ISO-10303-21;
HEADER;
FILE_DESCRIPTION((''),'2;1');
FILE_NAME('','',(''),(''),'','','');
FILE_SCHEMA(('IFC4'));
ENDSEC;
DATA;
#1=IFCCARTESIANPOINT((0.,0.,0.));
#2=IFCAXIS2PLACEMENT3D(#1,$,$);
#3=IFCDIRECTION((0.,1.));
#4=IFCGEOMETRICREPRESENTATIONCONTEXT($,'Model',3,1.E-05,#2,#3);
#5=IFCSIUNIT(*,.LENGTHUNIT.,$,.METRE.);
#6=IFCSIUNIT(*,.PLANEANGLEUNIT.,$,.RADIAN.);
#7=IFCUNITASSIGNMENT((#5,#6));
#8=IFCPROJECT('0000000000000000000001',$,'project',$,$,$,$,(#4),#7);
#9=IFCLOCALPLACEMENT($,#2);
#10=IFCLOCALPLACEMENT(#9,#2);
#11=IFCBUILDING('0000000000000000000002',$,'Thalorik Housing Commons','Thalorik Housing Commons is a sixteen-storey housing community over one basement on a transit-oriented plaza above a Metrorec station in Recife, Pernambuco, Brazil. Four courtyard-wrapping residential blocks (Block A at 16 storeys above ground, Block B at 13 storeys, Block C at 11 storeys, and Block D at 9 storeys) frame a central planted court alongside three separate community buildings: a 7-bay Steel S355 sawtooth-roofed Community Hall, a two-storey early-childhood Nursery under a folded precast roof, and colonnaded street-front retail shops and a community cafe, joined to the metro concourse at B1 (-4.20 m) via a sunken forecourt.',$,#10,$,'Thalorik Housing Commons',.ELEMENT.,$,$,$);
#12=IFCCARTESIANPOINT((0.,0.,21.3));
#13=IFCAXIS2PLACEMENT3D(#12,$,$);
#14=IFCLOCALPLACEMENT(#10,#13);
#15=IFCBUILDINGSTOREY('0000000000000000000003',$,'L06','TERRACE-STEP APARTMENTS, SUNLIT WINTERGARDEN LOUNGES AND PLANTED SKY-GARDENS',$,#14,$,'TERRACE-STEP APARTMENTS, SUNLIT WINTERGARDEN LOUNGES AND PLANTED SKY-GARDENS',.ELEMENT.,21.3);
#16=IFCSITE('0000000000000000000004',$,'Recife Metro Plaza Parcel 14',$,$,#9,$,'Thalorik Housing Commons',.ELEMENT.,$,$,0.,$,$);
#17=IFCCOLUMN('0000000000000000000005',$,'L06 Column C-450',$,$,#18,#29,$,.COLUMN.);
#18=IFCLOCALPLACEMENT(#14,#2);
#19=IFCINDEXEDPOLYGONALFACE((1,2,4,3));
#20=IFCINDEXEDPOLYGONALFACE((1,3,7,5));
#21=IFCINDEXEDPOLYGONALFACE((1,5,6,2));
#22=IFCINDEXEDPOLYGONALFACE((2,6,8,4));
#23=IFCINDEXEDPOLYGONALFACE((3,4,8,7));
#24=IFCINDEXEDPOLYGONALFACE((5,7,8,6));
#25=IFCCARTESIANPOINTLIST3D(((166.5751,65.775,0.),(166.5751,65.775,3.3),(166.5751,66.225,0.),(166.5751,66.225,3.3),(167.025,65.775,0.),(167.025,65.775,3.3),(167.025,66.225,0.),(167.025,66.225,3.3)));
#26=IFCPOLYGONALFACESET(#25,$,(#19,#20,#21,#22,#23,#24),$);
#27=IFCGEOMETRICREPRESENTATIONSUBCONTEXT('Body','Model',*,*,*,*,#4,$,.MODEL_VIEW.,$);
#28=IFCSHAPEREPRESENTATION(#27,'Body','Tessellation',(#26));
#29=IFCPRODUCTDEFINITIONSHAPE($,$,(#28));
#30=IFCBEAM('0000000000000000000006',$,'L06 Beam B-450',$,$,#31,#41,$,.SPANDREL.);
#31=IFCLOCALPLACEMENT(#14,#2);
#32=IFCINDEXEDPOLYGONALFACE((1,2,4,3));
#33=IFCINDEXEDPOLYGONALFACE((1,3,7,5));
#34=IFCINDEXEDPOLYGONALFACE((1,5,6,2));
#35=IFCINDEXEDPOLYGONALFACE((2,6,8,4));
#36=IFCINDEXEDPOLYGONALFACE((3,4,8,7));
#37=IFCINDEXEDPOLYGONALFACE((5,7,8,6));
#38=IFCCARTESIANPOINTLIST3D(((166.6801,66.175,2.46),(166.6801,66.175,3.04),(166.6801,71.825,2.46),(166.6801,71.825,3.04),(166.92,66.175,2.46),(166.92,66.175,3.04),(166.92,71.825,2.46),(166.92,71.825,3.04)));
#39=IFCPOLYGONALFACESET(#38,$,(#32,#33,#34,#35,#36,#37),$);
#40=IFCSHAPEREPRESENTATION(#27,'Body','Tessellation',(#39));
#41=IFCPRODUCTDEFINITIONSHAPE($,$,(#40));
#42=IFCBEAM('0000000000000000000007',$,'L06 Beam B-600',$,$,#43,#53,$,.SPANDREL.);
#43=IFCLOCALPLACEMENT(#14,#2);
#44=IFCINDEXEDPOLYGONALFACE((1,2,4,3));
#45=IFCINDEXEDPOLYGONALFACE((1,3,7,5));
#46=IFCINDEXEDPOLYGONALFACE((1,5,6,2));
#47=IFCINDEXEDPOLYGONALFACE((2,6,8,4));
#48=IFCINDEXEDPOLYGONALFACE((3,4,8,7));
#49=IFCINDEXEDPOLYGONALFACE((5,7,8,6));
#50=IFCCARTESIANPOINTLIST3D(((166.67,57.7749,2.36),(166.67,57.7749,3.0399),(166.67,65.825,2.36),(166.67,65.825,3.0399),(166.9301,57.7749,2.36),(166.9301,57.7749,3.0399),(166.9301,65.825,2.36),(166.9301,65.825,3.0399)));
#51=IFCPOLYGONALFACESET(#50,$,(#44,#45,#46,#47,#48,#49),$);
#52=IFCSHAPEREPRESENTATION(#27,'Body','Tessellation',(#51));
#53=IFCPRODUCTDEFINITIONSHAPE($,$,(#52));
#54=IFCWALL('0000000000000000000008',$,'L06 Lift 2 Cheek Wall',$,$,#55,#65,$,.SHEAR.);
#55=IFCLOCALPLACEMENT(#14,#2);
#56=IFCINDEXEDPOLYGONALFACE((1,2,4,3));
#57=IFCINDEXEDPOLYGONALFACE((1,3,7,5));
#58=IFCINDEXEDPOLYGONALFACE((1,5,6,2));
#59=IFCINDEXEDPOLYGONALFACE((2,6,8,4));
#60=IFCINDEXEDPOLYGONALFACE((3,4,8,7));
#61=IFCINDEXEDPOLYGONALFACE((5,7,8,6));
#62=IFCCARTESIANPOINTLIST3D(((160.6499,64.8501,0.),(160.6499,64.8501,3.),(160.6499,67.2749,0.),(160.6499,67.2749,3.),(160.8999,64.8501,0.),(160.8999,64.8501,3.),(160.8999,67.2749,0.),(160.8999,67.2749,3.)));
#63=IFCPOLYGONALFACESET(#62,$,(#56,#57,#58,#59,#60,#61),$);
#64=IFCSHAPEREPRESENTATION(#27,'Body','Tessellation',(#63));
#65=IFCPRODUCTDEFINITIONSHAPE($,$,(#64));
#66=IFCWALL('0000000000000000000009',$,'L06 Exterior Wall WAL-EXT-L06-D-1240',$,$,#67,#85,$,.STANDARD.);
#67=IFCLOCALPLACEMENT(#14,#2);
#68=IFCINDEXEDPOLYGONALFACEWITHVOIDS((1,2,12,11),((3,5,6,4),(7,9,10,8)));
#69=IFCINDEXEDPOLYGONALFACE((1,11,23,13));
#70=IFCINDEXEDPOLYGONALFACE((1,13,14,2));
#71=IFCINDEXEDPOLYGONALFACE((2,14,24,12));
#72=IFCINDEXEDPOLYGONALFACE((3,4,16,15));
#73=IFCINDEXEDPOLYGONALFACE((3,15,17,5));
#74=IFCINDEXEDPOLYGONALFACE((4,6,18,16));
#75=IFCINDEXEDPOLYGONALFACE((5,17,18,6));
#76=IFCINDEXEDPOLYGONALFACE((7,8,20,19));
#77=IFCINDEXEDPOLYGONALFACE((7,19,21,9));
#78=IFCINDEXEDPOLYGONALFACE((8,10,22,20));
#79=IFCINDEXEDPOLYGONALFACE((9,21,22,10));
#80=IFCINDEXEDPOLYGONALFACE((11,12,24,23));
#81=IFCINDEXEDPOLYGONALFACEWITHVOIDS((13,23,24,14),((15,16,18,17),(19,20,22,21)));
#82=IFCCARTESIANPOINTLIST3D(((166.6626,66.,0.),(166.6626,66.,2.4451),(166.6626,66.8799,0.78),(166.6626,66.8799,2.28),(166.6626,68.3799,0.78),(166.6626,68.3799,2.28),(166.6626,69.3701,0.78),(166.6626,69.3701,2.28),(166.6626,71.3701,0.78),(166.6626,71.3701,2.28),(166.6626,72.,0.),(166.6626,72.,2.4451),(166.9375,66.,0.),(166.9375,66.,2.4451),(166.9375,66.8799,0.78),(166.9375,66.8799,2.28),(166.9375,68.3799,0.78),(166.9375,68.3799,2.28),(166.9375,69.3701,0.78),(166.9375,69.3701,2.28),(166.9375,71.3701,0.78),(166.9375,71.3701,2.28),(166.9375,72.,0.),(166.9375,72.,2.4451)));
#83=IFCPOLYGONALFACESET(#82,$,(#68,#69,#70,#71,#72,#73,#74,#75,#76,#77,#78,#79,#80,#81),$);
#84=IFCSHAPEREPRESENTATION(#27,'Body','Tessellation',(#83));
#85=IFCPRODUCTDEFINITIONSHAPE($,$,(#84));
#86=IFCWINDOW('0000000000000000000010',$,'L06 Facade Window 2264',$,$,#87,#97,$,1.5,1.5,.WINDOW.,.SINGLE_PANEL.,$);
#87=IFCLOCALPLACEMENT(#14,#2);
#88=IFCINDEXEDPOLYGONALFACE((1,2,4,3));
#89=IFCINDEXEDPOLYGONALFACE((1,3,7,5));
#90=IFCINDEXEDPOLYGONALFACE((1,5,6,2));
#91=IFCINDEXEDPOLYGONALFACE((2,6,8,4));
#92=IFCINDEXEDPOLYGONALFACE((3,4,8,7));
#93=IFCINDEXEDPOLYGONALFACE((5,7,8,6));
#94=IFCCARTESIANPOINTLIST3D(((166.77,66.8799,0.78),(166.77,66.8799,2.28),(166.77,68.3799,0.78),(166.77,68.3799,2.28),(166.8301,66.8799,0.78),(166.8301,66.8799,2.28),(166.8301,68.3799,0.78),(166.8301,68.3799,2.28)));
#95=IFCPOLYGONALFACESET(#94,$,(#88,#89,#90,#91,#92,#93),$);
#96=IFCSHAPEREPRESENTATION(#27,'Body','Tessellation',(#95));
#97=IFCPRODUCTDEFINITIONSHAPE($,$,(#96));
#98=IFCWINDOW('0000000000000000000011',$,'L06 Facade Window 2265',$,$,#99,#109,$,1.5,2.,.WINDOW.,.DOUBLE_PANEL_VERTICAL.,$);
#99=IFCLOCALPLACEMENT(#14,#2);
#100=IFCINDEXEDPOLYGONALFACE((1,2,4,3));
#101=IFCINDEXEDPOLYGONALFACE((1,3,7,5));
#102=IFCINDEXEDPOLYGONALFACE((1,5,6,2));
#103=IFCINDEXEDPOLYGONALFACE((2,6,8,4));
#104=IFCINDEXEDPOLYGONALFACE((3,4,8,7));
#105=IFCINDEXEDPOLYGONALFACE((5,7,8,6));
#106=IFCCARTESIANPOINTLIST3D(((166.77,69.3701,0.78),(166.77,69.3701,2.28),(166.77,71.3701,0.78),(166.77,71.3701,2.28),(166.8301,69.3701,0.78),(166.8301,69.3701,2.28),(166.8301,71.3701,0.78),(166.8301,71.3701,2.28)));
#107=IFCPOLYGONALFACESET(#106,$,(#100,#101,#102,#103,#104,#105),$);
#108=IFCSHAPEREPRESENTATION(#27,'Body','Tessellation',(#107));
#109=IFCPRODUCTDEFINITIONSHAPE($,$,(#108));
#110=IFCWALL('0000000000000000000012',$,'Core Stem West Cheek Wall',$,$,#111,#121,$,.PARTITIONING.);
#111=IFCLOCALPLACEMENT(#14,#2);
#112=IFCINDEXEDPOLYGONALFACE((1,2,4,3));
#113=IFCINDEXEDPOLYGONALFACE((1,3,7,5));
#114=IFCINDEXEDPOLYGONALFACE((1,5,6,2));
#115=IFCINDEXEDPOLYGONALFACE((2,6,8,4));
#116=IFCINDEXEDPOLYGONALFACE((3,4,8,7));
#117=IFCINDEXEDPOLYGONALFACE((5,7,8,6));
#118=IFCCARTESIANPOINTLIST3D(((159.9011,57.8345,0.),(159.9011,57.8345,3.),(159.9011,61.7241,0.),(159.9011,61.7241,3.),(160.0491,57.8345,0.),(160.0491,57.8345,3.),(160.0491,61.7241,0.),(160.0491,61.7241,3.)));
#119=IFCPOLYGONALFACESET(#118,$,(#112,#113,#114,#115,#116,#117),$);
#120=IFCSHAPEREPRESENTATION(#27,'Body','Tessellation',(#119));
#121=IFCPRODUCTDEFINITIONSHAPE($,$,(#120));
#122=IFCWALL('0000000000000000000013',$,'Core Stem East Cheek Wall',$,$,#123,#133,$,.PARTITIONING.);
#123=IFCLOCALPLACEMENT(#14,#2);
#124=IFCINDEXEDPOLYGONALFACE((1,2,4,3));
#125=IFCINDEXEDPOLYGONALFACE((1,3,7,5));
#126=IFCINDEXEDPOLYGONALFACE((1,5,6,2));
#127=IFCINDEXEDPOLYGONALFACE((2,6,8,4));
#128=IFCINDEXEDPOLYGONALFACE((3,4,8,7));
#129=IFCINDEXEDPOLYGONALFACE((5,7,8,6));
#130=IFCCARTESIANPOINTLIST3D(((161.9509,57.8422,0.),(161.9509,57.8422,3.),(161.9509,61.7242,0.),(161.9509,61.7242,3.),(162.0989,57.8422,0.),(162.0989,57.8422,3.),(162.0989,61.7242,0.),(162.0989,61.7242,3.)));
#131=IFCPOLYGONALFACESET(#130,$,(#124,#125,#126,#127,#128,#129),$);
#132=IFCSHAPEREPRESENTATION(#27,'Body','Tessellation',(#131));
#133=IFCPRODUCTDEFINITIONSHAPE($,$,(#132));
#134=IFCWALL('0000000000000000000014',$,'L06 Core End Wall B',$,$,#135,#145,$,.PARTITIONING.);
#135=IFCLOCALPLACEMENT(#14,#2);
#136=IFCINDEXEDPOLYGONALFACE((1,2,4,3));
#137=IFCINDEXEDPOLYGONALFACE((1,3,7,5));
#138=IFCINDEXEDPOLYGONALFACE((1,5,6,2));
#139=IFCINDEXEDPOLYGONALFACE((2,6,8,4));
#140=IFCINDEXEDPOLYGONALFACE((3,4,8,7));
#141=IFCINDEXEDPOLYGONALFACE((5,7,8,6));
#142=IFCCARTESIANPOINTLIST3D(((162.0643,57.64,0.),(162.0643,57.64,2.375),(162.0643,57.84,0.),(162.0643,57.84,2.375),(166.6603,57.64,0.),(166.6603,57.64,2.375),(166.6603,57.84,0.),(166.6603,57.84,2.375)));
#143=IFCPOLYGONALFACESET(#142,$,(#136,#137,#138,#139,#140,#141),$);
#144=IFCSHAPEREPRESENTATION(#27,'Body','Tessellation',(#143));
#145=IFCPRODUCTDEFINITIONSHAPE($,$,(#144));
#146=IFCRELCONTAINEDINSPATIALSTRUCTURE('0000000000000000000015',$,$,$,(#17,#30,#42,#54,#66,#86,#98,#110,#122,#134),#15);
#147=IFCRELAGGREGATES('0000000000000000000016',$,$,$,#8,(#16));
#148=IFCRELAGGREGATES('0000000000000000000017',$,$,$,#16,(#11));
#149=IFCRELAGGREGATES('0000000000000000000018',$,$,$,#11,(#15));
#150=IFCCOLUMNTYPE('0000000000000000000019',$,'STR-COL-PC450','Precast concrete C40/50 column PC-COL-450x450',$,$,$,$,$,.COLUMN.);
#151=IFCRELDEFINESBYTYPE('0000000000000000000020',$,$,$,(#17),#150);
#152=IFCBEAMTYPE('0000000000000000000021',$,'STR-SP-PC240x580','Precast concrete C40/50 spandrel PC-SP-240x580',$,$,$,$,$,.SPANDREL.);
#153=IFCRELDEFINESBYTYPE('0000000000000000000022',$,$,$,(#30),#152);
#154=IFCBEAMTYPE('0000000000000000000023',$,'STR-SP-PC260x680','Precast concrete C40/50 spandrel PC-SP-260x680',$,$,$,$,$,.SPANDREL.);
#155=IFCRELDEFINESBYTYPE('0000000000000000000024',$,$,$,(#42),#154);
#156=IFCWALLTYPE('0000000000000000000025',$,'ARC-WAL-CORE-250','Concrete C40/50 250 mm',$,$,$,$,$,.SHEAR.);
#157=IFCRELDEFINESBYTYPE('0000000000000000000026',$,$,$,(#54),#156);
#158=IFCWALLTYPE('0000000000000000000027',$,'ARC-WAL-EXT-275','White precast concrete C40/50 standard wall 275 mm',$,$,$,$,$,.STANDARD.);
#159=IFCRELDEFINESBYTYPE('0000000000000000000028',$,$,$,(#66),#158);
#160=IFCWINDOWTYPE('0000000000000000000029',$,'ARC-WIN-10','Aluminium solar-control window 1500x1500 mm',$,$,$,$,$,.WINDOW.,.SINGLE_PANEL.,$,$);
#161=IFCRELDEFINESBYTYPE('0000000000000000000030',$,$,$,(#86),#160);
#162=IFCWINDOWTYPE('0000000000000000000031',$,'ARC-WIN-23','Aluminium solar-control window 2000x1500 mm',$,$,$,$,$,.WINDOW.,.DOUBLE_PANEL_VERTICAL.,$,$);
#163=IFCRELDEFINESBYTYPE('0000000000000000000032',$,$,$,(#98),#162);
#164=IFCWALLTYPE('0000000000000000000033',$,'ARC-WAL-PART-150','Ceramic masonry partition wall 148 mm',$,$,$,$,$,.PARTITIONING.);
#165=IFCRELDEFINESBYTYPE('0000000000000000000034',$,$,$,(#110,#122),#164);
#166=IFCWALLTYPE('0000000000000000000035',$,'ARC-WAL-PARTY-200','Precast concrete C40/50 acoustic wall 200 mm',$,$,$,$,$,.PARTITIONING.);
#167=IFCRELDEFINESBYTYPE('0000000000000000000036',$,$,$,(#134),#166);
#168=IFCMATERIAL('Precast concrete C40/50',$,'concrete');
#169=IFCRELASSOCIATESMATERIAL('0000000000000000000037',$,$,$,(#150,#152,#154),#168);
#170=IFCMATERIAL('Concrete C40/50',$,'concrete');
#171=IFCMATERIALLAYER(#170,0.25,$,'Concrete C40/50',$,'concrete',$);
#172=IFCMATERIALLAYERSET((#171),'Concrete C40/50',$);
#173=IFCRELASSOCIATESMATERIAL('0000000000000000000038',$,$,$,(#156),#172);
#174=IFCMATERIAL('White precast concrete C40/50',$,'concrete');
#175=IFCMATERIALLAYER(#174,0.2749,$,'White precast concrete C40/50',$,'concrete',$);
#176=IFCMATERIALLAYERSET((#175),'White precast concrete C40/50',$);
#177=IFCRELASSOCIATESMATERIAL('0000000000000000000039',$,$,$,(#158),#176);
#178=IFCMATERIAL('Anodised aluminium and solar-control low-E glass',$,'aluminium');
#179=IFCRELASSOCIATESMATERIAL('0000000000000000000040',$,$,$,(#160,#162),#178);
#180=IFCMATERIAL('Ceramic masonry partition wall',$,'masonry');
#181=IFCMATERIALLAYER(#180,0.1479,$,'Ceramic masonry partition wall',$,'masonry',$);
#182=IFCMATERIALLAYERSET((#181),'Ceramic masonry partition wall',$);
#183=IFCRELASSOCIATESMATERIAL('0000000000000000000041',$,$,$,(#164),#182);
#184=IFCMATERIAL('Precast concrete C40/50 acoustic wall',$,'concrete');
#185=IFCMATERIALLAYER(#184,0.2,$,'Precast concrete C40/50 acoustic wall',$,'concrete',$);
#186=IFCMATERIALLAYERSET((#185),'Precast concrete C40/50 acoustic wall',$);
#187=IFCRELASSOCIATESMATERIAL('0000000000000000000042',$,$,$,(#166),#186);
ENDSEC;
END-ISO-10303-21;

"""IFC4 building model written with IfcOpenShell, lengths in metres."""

from ifc_helpers import new_model, si_unit, direction, frame, frame_2d, origin, origin_2d, place, context, subcontext, project, spatial, rectangle, extrude, material, layer, layer_set, material_profile, profile_set, type_object, element, fill, save


model = new_model("IFC4")

# Units and contexts
model_context = context("Model", 3, precision=1e-05, world=origin(), true_north=direction((0.0, 1.0)))
body_context = subcontext(model_context, "Body", "Model", "MODEL_VIEW")
ifc_project = project(units=[si_unit("LENGTHUNIT", "METRE"), si_unit("PLANEANGLEUNIT", "RADIAN")], contexts=[model_context])

# Site, building, storey
site_placement = place(None, origin())
site = spatial("IfcSite", under=ifc_project, at=site_placement, Name="Recife Metro Plaza Parcel 14", LongName="Thalorik Housing Commons", CompositionType="ELEMENT", RefElevation=0.0)
building_placement = place(site_placement, origin())
building = spatial("IfcBuilding", under=site, at=building_placement, Name="Thalorik Housing Commons", Description="Thalorik Housing Commons is a sixteen-storey housing community over one basement on a transit-oriented plaza above a Metrorec station in Recife, Pernambuco, Brazil. Four courtyard-wrapping residential blocks (Block A at 16 storeys above ground, Block B at 13 storeys, Block C at 11 storeys, and Block D at 9 storeys) frame a central planted court alongside three separate community buildings: a 7-bay Steel S355 sawtooth-roofed Community Hall, a two-storey early-childhood Nursery under a folded precast roof, and colonnaded street-front retail shops and a community cafe, joined to the metro concourse at B1 (-4.20 m) via a sunken forecourt.", LongName="Thalorik Housing Commons", CompositionType="ELEMENT")
storey_placement = place(building_placement, frame((0.0, 0.0, 21.3)))
storey = spatial("IfcBuildingStorey", under=building, at=storey_placement, Name="L06", Description="TERRACE-STEP APARTMENTS, SUNLIT WINTERGARDEN LOUNGES AND PLANTED SKY-GARDENS", LongName="TERRACE-STEP APARTMENTS, SUNLIT WINTERGARDEN LOUNGES AND PLANTED SKY-GARDENS", CompositionType="ELEMENT", Elevation=21.3)

# Column
ifc_material_1 = material(Name="Precast concrete C40/50", Category="concrete")
ifc_material_profile_1 = material_profile(ifc_material_1, rectangle(XDim=0.45, YDim=0.45, at=origin_2d()), Name="PC 450x450", Category="concrete")
ifc_profile_set_1 = profile_set([ifc_material_profile_1], Name="Precast concrete C40/50")
column_type = type_object("IfcColumnType", Name="STR-COL-PC450", Description="Precast concrete C40/50 column PC-COL-450x450", PredefinedType="COLUMN", material=ifc_profile_set_1)
column_placement = place(storey_placement, frame((166.8, 66.0, 0.0), z_axis=(0.0, 0.0, 1.0), x_axis=(1.0, 0.0, 0.0)))
element("IfcColumn", 1, at=column_placement, inside=storey, type_object=column_type, Name="L06 Column C-450", PredefinedType="COLUMN", context=body_context, shape_type="SweptSolid", body=[
    extrude(rectangle(XDim=0.45, YDim=0.45, at=origin_2d()), origin(), (0.0, 0.0, 1.0), 3.3),
])

# Beams
ifc_material_profile_2 = material_profile(ifc_material_1, rectangle(XDim=0.24, YDim=0.5801, at=origin_2d()), Name="PC SP 240x580", Category="concrete")
ifc_profile_set_2 = profile_set([ifc_material_profile_2], Name="Precast concrete C40/50")
beam_type_1 = type_object("IfcBeamType", Name="STR-SP-PC240x580", Description="Precast concrete C40/50 spandrel PC-SP-240x580", PredefinedType="SPANDREL", material=ifc_profile_set_2)
beam_1_placement = place(storey_placement, frame((166.8, 66.175, 2.75), z_axis=(0.0, 1.0, 0.0), x_axis=(-1.0, 0.0, 0.0)))
element("IfcBeam", 2, at=beam_1_placement, inside=storey, type_object=beam_type_1, Name="L06 Beam B-450", PredefinedType="SPANDREL", context=body_context, shape_type="SweptSolid", body=[
    extrude(rectangle(XDim=0.24, YDim=0.5801, at=origin_2d()), origin(), (0.0, 0.0, 1.0), 5.6499),
])
ifc_material_profile_3 = material_profile(ifc_material_1, rectangle(XDim=0.26, YDim=0.6799, at=origin_2d()), Name="PC SP 260x680", Category="concrete")
ifc_profile_set_3 = profile_set([ifc_material_profile_3], Name="Precast concrete C40/50")
beam_type_2 = type_object("IfcBeamType", Name="STR-SP-PC260x680", Description="Precast concrete C40/50 spandrel PC-SP-260x680", PredefinedType="SPANDREL", material=ifc_profile_set_3)
beam_2_placement = place(storey_placement, frame((166.8, 57.7749, 2.7), z_axis=(0.0, 1.0, 0.0), x_axis=(-1.0, 0.0, 0.0)))
element("IfcBeam", 3, at=beam_2_placement, inside=storey, type_object=beam_type_2, Name="L06 Beam B-600", PredefinedType="SPANDREL", context=body_context, shape_type="SweptSolid", body=[
    extrude(rectangle(XDim=0.26, YDim=0.6799, at=origin_2d()), origin(), (0.0, 0.0, 1.0), 8.05),
])

# Shared definitions
ifc_material_2 = material(Name="Concrete C40/50", Category="concrete")
ifc_layer_1 = layer(ifc_material_2, 0.25, Name="Concrete C40/50", Category="concrete")
ifc_layer_set_1 = layer_set([ifc_layer_1], Name="Concrete C40/50")
wall_type_1 = type_object("IfcWallType", Name="ARC-WAL-CORE-250", Description="Concrete C40/50 250 mm", PredefinedType="SHEAR", material=ifc_layer_set_1)

# Wall
wall_1_placement = place(storey_placement, frame((160.7749, 67.2749, 0.0), z_axis=(0.0, 0.0, 1.0), x_axis=(0.0, -1.0, 0.0)))
element("IfcWall", 4, at=wall_1_placement, inside=storey, type_object=wall_type_1, Name="L06 Lift 2 Cheek Wall", PredefinedType="SHEAR", context=body_context, shape_type="SweptSolid", body=[
    extrude(rectangle(XDim=2.4248, YDim=0.25, at=frame_2d((1.2124, 0.0))), origin(), (0.0, 0.0, 1.0), 3.0),
])

# Wall, openings, windows
ifc_material_3 = material(Name="White precast concrete C40/50", Category="concrete")
ifc_layer_2 = layer(ifc_material_3, 0.2749, Name="White precast concrete C40/50", Category="concrete")
ifc_layer_set_2 = layer_set([ifc_layer_2], Name="White precast concrete C40/50")
wall_type_2 = type_object("IfcWallType", Name="ARC-WAL-EXT-275", Description="White precast concrete C40/50 standard wall 275 mm", PredefinedType="STANDARD", material=ifc_layer_set_2)
wall_2_placement = place(storey_placement, frame((166.8, 66.0, 0.0), z_axis=(0.0, 0.0, 1.0), x_axis=(0.0, 1.0, 0.0)))
wall_2 = element("IfcWall", 5, at=wall_2_placement, inside=storey, type_object=wall_type_2, Name="L06 Exterior Wall WAL-EXT-L06-D-1240", PredefinedType="STANDARD", context=body_context, shape_type="SweptSolid", body=[
    extrude(rectangle(XDim=6.0, YDim=0.2749, at=frame_2d((3.0, 0.0))), origin(), (0.0, 0.0, 1.0), 2.4451),
])
opening_1_placement = place(wall_2_placement, frame((0.8799, 0.0, 0.78)))
opening_1 = element("IfcOpeningElement", 6, at=opening_1_placement, cuts=wall_2, PredefinedType="OPENING", context=body_context, shape_type="SweptSolid", body=[
    extrude(rectangle(XDim=1.5, YDim=1.5, at=frame_2d((0.75, 0.75))), frame((0.0, 0.1475, 0.0), z_axis=(0.0, -1.0, 0.0), x_axis=(1.0, 0.0, 0.0)), (0.0, 0.0, 1.0), 0.2949),
])
opening_2_placement = place(wall_2_placement, frame((3.3701, 0.0, 0.78)))
opening_2 = element("IfcOpeningElement", 7, at=opening_2_placement, cuts=wall_2, PredefinedType="OPENING", context=body_context, shape_type="SweptSolid", body=[
    extrude(rectangle(XDim=2.0, YDim=1.5, at=frame_2d((1.0, 0.75))), frame((0.0, 0.1475, 0.0), z_axis=(0.0, -1.0, 0.0), x_axis=(1.0, 0.0, 0.0)), (0.0, 0.0, 1.0), 0.2949),
])
ifc_material_4 = material(Name="Anodised aluminium and solar-control low-E glass", Category="aluminium")
window_type_1 = type_object("IfcWindowType", Name="ARC-WIN-10", Description="Aluminium solar-control window 1500x1500 mm", PartitioningType="SINGLE_PANEL", PredefinedType="WINDOW", material=ifc_material_4)
window_1_placement = place(opening_1_placement, origin())
window_1 = element("IfcWindow", 8, at=window_1_placement, inside=storey, type_object=window_type_1, Name="L06 Facade Window 2264", OverallHeight=1.5, OverallWidth=1.5, PartitioningType="SINGLE_PANEL", PredefinedType="WINDOW", context=body_context, shape_type="SweptSolid", body=[
    extrude(rectangle(XDim=1.5, YDim=1.5, at=frame_2d((0.75, 0.75))), frame((0.0, 0.03, 0.0), z_axis=(0.0, -1.0, 0.0), x_axis=(1.0, 0.0, 0.0)), (0.0, 0.0, 1.0), 0.0601),
])
fill(opening_1, window_1)
window_type_2 = type_object("IfcWindowType", Name="ARC-WIN-23", Description="Aluminium solar-control window 2000x1500 mm", PartitioningType="DOUBLE_PANEL_VERTICAL", PredefinedType="WINDOW", material=ifc_material_4)
window_2_placement = place(opening_2_placement, origin())
window_2 = element("IfcWindow", 9, at=window_2_placement, inside=storey, type_object=window_type_2, Name="L06 Facade Window 2265", OverallHeight=1.5, OverallWidth=2.0, PartitioningType="DOUBLE_PANEL_VERTICAL", PredefinedType="WINDOW", context=body_context, shape_type="SweptSolid", body=[
    extrude(rectangle(XDim=2.0, YDim=1.5, at=frame_2d((1.0, 0.75))), frame((0.0, 0.03, 0.0), z_axis=(0.0, -1.0, 0.0), x_axis=(1.0, 0.0, 0.0)), (0.0, 0.0, 1.0), 0.0601),
])
fill(opening_2, window_2)

# Walls
ifc_material_5 = material(Name="Ceramic masonry partition wall", Category="masonry")
ifc_layer_3 = layer(ifc_material_5, 0.1479, Name="Ceramic masonry partition wall", Category="masonry")
ifc_layer_set_3 = layer_set([ifc_layer_3], Name="Ceramic masonry partition wall")
wall_type_3 = type_object("IfcWallType", Name="ARC-WAL-PART-150", Description="Ceramic masonry partition wall 148 mm", PredefinedType="PARTITIONING", material=ifc_layer_set_3)
wall_3_placement = place(storey_placement, frame((159.9751, 61.7241, 0.0), z_axis=(0.0, 0.0, 1.0), x_axis=(0.0, -1.0, 0.0)))
element("IfcWall", 10, at=wall_3_placement, inside=storey, type_object=wall_type_3, Name="Core Stem West Cheek Wall", PredefinedType="PARTITIONING", context=body_context, shape_type="SweptSolid", body=[
    extrude(rectangle(XDim=3.8896, YDim=0.1479, at=frame_2d((1.9448, 0.0))), origin(), (0.0, 0.0, 1.0), 3.0),
])
wall_4_placement = place(storey_placement, frame((162.0249, 61.7241, 0.0), z_axis=(0.0, 0.0, 1.0), x_axis=(0.0, -1.0, 0.0)))
element("IfcWall", 11, at=wall_4_placement, inside=storey, type_object=wall_type_3, Name="Core Stem East Cheek Wall", PredefinedType="PARTITIONING", context=body_context, shape_type="SweptSolid", body=[
    extrude(rectangle(XDim=3.8821, YDim=0.1479, at=frame_2d((1.9409, 0.0))), origin(), (0.0, 0.0, 1.0), 3.0),
])

# Wall
ifc_material_6 = material(Name="Precast concrete C40/50 acoustic wall", Category="concrete")
ifc_layer_4 = layer(ifc_material_6, 0.2, Name="Precast concrete C40/50 acoustic wall", Category="concrete")
ifc_layer_set_4 = layer_set([ifc_layer_4], Name="Precast concrete C40/50 acoustic wall")
wall_type_4 = type_object("IfcWallType", Name="ARC-WAL-PARTY-200", Description="Precast concrete C40/50 acoustic wall 200 mm", PredefinedType="PARTITIONING", material=ifc_layer_set_4)
wall_5_placement = place(storey_placement, frame((162.0645, 57.74, 0.0), z_axis=(0.0, 0.0, 1.0), x_axis=(1.0, 0.0, 0.0)))
element("IfcWall", 12, at=wall_5_placement, inside=storey, type_object=wall_type_4, Name="L06 Core End Wall B", PredefinedType="PARTITIONING", context=body_context, shape_type="SweptSolid", body=[
    extrude(rectangle(XDim=4.5959, YDim=0.2, at=frame_2d((2.2979, 0.0))), origin(), (0.0, 0.0, 1.0), 2.375),
])

save(model, "model.ifc")
